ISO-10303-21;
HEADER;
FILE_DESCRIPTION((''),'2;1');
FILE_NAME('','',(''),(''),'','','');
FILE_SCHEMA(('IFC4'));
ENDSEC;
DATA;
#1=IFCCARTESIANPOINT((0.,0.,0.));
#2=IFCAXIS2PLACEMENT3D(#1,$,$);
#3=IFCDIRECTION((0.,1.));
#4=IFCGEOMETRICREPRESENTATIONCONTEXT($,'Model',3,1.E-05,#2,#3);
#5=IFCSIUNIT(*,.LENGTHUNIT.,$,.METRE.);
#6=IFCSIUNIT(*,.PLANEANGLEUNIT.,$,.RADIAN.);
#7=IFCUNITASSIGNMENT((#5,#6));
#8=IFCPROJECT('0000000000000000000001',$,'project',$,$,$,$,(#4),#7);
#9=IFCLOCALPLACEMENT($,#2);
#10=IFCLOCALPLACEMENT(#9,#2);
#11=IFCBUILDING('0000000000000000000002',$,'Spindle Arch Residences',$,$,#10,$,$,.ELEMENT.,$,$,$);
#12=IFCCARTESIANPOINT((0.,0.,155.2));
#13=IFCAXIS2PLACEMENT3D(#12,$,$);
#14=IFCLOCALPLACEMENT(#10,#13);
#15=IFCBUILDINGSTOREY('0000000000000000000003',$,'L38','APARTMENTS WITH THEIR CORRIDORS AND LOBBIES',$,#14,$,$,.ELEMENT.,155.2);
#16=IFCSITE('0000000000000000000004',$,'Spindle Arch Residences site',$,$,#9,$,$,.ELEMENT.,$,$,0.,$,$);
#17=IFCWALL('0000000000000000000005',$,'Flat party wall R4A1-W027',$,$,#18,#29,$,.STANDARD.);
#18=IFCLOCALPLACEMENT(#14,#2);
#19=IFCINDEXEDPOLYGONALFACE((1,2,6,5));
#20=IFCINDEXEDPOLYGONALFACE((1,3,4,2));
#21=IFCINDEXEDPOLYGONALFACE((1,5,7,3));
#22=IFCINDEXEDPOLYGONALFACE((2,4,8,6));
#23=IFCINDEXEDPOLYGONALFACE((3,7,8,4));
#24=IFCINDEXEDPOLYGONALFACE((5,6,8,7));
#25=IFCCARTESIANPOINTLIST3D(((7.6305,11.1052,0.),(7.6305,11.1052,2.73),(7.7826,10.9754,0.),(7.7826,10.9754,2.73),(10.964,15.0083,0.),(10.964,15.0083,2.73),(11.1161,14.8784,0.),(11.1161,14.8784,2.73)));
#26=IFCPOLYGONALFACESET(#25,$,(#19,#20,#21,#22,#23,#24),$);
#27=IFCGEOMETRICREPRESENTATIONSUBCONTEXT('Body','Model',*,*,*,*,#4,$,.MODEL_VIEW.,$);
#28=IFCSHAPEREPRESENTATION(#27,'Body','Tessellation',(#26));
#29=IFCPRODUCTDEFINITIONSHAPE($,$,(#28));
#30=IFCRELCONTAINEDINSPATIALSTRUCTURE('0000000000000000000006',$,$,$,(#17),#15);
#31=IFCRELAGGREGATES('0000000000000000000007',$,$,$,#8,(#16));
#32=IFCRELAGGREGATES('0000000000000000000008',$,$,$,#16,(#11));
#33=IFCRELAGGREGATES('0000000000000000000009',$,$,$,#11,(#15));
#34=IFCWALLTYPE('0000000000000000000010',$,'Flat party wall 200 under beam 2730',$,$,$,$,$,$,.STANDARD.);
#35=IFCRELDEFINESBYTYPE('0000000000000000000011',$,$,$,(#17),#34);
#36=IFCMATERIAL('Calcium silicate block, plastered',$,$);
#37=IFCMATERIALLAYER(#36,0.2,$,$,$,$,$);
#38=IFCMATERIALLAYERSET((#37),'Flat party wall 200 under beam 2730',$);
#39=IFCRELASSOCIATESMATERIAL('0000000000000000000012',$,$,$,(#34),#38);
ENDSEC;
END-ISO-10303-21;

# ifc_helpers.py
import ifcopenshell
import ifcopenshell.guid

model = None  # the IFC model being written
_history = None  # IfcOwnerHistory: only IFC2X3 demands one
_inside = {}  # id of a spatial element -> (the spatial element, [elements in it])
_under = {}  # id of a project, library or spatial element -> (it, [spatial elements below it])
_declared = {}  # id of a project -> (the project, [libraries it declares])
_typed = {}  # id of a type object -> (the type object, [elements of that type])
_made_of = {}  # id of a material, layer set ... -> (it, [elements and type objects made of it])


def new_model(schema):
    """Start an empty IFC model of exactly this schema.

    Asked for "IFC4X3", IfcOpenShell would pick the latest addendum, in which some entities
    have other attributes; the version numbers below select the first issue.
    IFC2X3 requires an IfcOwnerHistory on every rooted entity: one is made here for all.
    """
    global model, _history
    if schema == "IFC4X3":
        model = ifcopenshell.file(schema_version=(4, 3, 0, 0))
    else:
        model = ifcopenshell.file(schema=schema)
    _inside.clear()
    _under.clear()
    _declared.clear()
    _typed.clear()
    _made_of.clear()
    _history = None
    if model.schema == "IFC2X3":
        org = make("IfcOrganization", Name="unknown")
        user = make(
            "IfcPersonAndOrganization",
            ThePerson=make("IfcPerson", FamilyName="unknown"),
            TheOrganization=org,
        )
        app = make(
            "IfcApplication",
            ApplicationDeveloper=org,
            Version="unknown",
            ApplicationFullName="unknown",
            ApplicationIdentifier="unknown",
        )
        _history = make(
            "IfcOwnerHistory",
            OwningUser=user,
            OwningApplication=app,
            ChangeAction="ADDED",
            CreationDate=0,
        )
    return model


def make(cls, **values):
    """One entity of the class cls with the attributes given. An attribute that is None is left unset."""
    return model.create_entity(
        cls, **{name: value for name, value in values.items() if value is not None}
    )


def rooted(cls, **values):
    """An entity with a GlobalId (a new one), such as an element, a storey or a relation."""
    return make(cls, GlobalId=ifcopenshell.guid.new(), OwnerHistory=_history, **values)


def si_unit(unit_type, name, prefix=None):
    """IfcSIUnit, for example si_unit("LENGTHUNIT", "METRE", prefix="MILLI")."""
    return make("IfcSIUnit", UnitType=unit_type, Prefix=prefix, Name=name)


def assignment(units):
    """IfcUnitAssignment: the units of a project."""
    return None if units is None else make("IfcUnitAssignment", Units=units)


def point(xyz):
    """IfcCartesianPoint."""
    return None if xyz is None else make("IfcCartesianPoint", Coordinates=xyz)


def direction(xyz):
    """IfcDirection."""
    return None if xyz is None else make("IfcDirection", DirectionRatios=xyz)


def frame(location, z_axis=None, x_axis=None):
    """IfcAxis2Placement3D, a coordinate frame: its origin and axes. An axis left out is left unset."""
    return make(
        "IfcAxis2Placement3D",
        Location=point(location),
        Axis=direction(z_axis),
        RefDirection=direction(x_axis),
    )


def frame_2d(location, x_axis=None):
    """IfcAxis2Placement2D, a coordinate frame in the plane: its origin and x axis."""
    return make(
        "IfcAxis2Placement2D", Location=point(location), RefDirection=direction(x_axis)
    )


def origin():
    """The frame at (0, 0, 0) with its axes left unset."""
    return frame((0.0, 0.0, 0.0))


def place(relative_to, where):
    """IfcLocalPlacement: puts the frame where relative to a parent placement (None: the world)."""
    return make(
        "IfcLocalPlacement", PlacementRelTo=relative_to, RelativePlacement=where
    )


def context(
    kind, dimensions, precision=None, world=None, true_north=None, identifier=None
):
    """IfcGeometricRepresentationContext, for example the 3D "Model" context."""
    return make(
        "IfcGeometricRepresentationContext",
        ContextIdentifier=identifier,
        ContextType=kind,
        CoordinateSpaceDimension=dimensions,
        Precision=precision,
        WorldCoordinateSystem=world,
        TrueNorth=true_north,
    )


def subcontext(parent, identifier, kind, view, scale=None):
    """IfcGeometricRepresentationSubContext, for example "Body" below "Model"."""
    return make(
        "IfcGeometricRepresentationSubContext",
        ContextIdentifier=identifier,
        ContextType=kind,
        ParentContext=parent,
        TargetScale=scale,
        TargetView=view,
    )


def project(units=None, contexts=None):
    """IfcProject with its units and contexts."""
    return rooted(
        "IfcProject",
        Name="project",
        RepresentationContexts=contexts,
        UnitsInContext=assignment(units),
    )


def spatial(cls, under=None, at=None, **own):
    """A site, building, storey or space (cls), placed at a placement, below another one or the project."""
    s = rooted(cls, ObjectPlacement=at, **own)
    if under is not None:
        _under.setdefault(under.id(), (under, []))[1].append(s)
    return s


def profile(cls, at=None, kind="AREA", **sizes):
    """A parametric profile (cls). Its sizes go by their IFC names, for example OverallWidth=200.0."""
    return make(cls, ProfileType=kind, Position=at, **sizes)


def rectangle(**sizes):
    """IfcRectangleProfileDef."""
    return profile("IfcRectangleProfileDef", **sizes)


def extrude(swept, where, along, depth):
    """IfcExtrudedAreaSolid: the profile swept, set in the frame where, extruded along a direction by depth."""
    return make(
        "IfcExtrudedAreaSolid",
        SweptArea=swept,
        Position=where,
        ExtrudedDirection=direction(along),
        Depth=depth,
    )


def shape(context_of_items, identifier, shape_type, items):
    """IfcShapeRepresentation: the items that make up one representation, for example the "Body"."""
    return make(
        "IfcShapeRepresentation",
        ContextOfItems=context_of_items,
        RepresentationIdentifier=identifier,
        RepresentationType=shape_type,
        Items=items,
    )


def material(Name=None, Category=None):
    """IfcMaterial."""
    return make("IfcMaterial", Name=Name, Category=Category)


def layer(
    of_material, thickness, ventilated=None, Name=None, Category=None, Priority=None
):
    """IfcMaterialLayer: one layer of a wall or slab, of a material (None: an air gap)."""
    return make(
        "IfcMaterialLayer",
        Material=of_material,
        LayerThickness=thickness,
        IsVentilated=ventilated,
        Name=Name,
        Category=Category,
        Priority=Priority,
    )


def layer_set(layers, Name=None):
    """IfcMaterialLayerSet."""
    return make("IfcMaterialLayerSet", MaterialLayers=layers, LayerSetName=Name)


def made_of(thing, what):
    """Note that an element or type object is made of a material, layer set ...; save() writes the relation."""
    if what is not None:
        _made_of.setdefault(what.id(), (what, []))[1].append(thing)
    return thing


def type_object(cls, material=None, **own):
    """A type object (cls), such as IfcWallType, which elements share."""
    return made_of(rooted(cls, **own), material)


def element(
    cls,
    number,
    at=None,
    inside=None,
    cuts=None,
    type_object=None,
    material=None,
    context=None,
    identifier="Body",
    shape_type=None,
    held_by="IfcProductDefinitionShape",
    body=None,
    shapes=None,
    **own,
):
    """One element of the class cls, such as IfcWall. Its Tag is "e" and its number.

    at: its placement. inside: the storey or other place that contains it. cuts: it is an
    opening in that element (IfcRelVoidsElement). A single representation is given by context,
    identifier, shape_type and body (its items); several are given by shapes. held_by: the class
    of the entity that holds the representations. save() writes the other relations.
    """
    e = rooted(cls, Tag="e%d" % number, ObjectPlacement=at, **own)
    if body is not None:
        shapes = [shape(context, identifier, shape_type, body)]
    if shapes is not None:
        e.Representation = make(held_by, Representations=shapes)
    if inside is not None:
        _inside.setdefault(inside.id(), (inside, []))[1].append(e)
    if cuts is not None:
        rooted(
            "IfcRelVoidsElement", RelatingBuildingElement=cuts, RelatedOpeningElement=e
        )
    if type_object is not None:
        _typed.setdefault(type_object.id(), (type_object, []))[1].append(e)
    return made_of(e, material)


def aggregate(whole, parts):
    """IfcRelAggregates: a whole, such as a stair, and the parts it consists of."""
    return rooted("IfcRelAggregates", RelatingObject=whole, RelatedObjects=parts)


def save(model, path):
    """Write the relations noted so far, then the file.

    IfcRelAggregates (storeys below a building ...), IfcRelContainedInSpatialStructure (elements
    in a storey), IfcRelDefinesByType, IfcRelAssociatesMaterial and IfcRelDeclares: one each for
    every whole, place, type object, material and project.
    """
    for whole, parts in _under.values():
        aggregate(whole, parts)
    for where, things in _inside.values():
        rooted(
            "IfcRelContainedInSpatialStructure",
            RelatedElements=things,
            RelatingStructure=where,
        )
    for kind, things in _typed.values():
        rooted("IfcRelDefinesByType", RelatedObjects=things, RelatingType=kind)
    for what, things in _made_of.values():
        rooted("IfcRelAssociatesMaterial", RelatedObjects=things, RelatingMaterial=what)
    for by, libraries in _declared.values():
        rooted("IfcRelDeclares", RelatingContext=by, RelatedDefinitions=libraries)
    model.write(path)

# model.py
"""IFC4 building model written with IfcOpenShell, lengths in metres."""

from ifc_helpers import new_model, si_unit, direction, frame, frame_2d, origin, place, context, subcontext, project, spatial, rectangle, extrude, material, layer, layer_set, type_object, element, save


model = new_model("IFC4")

# Units and contexts
model_context = context("Model", 3, precision=1e-05, world=origin(), true_north=direction((0.0, 1.0)))
body_context = subcontext(model_context, "Body", "Model", "MODEL_VIEW")
ifc_project = project(units=[si_unit("LENGTHUNIT", "METRE"), si_unit("PLANEANGLEUNIT", "RADIAN")], contexts=[model_context])

# Site, building, storey
site_placement = place(None, origin())
site = spatial("IfcSite", under=ifc_project, at=site_placement, Name="Spindle Arch Residences site", CompositionType="ELEMENT", RefElevation=0.0)
building_placement = place(site_placement, origin())
building = spatial("IfcBuilding", under=site, at=building_placement, Name="Spindle Arch Residences", CompositionType="ELEMENT")
storey_placement = place(building_placement, frame((0.0, 0.0, 155.2)))
storey = spatial("IfcBuildingStorey", under=building, at=storey_placement, Name="L38", Description="APARTMENTS WITH THEIR CORRIDORS AND LOBBIES", CompositionType="ELEMENT", Elevation=155.2)

# Wall
ifc_material_1 = material(Name="Calcium silicate block, plastered")
ifc_layer_1 = layer(ifc_material_1, 0.2)
ifc_layer_set_1 = layer_set([ifc_layer_1], Name="Flat party wall 200 under beam 2730")
wall_type_1 = type_object("IfcWallType", Name="Flat party wall 200 under beam 2730", PredefinedType="STANDARD", material=ifc_layer_set_1)
wall_1_placement = place(storey_placement, frame((11.04, 14.9434, 0.0), z_axis=(0.0, 0.0, 1.0), x_axis=(-0.649443, -0.76041, 0.0)))
element("IfcWall", 1, at=wall_1_placement, inside=storey, type_object=wall_type_1, Name="Flat party wall R4A1-W027", PredefinedType="STANDARD", context=body_context, shape_type="SweptSolid", body=[
    extrude(rectangle(XDim=5.1328, YDim=0.2, at=frame_2d((2.5664, 0.0))), origin(), (0.0, 0.0, 1.0), 2.73),
])

save(model, "model.ifc")
